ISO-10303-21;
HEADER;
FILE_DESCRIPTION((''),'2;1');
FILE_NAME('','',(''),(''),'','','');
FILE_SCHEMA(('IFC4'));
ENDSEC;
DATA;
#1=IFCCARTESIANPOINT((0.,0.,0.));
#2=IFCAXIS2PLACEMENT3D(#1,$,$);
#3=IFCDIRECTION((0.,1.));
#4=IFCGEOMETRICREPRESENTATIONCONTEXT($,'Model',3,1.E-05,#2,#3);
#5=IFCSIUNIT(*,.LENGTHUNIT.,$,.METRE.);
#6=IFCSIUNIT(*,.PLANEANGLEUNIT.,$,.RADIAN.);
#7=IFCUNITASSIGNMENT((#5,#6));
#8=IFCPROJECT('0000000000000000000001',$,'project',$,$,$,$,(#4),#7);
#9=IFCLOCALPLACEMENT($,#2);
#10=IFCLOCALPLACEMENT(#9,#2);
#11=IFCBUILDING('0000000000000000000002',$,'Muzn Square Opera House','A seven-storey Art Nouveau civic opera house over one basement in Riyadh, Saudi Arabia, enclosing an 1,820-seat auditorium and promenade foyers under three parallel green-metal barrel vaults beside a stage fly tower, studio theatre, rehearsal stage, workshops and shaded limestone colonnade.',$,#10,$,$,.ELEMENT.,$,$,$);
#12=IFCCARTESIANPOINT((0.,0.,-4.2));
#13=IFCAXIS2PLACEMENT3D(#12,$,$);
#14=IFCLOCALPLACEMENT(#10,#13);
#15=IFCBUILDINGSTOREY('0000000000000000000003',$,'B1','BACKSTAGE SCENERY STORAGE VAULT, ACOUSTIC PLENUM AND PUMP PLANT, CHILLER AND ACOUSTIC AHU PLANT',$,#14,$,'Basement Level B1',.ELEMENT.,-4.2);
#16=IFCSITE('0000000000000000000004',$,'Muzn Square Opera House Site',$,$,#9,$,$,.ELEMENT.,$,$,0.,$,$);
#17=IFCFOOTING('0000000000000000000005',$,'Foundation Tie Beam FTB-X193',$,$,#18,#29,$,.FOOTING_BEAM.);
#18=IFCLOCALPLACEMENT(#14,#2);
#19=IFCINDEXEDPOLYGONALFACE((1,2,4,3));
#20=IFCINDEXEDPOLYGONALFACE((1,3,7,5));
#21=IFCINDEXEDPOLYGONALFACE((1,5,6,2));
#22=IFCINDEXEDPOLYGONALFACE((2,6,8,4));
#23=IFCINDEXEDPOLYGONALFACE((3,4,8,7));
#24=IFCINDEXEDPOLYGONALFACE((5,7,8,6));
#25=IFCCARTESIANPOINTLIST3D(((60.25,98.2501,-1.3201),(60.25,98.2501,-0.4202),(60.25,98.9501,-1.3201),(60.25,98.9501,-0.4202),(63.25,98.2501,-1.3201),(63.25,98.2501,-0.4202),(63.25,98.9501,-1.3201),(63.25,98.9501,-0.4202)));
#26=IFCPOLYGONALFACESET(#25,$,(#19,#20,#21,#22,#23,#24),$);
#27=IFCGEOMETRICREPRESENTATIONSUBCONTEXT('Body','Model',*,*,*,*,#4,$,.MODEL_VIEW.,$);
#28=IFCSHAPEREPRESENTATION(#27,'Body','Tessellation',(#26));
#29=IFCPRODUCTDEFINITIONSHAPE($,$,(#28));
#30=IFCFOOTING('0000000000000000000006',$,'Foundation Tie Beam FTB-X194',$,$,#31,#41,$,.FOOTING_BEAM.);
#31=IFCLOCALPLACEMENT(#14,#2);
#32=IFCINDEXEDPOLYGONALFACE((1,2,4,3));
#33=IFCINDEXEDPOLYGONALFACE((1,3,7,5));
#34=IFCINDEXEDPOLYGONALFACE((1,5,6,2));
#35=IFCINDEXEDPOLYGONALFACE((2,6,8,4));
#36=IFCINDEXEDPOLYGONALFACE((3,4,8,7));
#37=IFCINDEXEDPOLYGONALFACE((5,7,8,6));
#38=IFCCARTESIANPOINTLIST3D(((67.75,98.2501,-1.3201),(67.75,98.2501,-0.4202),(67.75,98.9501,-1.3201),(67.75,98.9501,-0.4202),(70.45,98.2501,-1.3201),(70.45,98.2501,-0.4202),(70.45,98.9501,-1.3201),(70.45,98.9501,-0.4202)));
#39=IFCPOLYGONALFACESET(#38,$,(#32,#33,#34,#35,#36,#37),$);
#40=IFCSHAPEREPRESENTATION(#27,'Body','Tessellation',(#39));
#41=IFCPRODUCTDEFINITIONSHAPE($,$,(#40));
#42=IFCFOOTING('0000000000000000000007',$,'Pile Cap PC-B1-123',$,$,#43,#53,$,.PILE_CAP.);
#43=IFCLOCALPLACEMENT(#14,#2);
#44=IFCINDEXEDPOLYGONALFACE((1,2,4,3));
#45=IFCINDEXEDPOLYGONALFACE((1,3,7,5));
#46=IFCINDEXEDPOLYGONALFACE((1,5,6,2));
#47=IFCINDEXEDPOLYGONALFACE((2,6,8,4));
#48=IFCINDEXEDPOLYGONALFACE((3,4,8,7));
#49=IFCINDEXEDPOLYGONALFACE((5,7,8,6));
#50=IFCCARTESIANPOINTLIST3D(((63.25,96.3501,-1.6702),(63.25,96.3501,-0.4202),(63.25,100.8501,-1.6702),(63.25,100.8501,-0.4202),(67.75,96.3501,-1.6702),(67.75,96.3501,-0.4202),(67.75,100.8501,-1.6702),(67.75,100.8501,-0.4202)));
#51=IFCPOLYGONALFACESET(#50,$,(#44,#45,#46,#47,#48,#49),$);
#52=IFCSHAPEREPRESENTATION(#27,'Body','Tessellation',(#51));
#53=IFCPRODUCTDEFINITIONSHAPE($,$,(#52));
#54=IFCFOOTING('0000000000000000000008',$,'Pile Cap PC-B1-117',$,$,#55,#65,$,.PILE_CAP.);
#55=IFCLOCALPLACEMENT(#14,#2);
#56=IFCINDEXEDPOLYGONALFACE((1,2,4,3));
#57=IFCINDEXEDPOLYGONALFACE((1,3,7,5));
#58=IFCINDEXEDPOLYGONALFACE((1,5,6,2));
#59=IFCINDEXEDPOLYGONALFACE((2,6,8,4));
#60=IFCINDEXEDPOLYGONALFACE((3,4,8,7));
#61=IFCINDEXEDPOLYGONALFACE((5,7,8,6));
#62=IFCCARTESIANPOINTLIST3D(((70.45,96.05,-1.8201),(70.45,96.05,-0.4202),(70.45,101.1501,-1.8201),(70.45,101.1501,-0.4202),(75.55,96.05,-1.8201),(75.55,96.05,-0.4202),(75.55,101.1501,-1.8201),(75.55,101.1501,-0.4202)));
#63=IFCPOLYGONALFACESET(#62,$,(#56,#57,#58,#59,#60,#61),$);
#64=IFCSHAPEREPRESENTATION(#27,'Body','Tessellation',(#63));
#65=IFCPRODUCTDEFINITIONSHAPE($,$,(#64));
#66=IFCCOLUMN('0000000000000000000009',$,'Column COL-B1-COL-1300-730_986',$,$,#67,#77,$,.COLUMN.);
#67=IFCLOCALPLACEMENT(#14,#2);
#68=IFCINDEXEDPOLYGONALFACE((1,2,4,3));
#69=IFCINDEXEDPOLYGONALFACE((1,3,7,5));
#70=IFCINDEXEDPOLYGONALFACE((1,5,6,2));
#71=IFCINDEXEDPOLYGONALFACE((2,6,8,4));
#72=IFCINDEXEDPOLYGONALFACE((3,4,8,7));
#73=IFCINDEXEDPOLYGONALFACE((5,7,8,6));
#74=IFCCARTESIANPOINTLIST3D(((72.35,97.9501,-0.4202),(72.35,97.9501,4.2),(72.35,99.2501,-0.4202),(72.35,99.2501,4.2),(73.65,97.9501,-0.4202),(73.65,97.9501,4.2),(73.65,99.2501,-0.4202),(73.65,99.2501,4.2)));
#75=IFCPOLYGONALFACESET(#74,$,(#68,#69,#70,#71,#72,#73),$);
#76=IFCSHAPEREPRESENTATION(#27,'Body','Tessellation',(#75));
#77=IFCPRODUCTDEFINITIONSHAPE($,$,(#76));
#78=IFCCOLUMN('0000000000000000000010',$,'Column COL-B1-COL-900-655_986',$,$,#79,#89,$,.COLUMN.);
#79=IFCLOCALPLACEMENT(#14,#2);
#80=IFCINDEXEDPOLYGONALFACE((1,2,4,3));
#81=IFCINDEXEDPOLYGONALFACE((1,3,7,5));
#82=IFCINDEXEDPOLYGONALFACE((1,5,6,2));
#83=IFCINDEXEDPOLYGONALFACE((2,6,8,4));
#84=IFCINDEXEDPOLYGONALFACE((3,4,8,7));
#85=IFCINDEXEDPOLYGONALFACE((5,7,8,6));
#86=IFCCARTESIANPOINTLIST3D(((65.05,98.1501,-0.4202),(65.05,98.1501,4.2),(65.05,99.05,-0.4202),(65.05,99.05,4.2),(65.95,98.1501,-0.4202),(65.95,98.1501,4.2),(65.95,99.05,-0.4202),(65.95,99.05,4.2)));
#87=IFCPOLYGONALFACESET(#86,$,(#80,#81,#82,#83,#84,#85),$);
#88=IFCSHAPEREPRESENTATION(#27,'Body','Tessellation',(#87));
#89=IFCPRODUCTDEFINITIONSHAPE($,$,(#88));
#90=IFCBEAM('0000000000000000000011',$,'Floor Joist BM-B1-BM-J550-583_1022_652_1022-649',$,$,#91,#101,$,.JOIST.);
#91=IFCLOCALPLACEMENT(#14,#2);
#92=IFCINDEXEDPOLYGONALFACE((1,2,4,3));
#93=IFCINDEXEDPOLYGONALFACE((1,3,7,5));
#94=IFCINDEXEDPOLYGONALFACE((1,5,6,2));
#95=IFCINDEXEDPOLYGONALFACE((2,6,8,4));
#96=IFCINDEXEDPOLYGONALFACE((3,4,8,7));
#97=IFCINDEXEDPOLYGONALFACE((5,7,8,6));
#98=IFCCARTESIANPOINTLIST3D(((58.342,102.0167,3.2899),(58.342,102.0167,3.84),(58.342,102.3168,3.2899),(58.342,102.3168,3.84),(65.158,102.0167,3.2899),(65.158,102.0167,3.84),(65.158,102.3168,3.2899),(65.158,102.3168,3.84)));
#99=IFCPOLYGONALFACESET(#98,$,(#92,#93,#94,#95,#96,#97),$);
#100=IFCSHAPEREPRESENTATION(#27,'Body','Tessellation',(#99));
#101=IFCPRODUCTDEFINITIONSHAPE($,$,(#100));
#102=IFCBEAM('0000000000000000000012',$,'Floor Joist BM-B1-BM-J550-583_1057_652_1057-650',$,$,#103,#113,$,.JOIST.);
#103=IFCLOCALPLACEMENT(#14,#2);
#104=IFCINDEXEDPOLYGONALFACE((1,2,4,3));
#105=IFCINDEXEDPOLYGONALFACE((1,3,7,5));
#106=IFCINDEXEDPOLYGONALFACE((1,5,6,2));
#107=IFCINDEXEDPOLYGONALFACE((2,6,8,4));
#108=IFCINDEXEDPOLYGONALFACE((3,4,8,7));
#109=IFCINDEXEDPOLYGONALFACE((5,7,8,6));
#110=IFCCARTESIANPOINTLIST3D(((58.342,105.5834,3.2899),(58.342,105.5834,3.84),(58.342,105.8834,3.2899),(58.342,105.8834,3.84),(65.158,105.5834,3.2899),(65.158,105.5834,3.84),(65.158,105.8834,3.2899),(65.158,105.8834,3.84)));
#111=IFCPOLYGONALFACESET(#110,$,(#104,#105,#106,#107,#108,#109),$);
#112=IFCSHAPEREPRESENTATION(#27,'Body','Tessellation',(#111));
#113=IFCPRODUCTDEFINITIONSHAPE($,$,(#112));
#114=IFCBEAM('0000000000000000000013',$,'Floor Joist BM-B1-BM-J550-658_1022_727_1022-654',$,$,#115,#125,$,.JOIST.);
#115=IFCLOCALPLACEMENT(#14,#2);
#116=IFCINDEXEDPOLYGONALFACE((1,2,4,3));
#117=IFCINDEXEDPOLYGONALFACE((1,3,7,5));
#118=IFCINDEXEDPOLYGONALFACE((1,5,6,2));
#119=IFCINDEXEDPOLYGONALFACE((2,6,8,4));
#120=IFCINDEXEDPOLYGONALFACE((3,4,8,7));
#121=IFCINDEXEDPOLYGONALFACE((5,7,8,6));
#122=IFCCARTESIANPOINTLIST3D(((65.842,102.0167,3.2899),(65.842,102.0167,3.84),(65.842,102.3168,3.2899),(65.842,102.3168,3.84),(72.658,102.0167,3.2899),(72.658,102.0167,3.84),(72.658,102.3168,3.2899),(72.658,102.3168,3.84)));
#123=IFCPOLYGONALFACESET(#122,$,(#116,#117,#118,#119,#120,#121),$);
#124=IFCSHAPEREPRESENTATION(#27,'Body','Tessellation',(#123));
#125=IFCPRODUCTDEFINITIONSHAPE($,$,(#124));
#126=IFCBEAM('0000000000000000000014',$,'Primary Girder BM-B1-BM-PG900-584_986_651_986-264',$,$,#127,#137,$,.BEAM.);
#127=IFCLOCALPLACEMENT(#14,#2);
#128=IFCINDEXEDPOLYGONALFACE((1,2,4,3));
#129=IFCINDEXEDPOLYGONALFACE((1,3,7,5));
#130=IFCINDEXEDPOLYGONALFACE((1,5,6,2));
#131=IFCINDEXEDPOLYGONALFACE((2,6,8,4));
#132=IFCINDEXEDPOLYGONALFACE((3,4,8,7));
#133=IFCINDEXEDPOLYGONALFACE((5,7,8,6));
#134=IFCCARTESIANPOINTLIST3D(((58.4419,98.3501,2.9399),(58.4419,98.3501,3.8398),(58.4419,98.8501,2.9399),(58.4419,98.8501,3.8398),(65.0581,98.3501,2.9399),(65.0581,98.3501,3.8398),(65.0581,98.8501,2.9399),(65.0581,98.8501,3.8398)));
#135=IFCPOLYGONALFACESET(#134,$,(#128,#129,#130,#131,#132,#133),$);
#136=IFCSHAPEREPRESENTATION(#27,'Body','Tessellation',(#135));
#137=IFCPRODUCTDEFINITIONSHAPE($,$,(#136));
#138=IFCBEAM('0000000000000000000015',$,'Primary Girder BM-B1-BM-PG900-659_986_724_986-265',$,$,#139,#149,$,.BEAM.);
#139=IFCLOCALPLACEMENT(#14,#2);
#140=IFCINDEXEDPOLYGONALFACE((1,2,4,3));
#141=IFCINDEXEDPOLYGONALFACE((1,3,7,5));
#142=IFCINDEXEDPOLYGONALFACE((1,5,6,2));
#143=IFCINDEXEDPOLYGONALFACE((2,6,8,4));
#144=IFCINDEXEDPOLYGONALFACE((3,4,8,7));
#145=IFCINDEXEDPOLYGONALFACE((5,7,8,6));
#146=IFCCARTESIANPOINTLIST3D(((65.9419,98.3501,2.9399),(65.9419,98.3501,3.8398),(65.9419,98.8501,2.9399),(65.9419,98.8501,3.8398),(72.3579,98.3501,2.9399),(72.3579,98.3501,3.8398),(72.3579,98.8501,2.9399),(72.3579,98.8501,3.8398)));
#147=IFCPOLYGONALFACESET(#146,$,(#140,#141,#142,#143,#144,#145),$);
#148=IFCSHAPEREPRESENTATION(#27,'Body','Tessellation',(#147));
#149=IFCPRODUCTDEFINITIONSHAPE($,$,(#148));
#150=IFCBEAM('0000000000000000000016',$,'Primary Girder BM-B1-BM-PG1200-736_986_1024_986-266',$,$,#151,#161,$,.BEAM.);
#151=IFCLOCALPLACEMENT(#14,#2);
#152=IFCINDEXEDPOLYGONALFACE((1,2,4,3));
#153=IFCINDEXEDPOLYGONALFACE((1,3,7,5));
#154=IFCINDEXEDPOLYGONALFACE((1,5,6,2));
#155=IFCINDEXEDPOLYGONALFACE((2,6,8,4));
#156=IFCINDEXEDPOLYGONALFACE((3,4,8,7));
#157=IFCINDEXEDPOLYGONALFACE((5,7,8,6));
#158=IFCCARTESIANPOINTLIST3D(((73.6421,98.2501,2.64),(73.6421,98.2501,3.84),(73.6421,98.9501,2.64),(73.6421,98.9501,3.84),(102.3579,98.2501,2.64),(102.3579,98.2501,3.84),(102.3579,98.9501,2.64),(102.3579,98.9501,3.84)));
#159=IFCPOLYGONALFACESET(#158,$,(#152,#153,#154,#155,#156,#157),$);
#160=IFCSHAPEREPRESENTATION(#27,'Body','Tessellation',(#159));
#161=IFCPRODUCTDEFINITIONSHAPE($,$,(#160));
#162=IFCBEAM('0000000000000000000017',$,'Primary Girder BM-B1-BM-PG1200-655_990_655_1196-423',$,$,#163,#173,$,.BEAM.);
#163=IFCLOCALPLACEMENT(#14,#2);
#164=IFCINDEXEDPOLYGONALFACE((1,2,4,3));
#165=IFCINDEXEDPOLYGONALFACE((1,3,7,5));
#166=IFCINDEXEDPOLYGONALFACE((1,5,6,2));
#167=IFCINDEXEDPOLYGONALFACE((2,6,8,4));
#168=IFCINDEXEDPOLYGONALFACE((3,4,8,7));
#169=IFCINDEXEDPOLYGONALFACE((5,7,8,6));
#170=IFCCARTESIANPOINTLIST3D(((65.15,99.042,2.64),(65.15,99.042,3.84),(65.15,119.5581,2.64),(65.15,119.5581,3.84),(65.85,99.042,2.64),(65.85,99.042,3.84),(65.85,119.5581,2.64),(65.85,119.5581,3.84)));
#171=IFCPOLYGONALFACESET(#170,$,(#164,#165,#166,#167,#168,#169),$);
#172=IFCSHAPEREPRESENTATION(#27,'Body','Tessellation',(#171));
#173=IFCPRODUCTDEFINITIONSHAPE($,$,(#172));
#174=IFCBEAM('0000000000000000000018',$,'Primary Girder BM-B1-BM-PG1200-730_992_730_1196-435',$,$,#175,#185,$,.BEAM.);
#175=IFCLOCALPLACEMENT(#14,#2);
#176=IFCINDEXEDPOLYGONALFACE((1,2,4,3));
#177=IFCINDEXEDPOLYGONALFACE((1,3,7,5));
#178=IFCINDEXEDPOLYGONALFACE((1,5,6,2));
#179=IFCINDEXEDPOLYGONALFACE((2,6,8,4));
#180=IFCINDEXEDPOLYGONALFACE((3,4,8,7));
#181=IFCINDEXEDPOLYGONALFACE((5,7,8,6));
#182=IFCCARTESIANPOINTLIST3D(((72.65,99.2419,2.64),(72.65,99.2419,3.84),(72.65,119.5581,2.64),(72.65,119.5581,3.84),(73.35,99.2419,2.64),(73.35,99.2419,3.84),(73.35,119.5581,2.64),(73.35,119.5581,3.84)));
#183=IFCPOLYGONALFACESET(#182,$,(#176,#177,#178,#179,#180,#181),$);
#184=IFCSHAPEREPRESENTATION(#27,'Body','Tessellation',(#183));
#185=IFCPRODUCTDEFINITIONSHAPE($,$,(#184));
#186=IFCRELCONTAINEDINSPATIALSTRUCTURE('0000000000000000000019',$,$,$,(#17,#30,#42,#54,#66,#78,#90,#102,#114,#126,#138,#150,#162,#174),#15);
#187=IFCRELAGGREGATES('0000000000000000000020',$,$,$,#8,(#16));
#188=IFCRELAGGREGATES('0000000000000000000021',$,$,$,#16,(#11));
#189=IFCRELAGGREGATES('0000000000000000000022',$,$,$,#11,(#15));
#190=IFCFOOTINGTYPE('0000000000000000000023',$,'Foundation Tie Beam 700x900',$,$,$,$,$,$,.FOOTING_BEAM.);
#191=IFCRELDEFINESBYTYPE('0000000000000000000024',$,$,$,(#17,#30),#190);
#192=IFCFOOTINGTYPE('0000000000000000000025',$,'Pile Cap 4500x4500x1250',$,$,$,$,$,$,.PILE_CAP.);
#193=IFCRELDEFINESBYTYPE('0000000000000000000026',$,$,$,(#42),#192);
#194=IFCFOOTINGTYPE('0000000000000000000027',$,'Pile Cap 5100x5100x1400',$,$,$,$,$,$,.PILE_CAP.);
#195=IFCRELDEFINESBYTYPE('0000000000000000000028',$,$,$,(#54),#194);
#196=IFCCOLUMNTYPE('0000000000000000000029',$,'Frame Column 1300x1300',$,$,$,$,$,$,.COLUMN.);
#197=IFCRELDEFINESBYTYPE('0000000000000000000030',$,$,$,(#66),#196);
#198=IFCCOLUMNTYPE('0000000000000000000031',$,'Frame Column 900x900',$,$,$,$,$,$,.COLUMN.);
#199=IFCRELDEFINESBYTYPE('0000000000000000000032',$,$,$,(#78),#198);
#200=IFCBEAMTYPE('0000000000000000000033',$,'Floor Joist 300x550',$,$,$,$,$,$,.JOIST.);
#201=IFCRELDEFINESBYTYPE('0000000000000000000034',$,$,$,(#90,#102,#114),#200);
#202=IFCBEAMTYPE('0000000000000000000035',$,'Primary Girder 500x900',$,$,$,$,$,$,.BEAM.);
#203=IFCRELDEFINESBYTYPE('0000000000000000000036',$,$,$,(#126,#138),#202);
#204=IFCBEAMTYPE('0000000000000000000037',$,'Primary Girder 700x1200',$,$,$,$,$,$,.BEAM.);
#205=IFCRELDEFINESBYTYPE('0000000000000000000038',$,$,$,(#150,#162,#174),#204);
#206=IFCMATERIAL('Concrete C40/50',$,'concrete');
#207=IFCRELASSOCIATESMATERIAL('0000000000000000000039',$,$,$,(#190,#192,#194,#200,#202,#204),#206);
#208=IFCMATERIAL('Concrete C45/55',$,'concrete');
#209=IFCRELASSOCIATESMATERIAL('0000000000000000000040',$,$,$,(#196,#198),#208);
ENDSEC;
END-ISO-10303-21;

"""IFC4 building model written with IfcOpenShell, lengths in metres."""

from ifc_helpers import new_model, si_unit, direction, frame, origin, origin_2d, place, context, subcontext, project, spatial, rectangle, extrude, material, material_profile, profile_set, type_object, element, save


model = new_model("IFC4")

# Units and contexts
model_context = context("Model", 3, precision=1e-05, world=origin(), true_north=direction((0.0, 1.0)))
body_context = subcontext(model_context, "Body", "Model", "MODEL_VIEW")
ifc_project = project(units=[si_unit("LENGTHUNIT", "METRE"), si_unit("PLANEANGLEUNIT", "RADIAN")], contexts=[model_context])

# Site, building, storey
site_placement = place(None, origin())
site = spatial("IfcSite", under=ifc_project, at=site_placement, Name="Muzn Square Opera House Site", CompositionType="ELEMENT", RefElevation=0.0)
building_placement = place(site_placement, origin())
building = spatial("IfcBuilding", under=site, at=building_placement, Name="Muzn Square Opera House", Description="A seven-storey Art Nouveau civic opera house over one basement in Riyadh, Saudi Arabia, enclosing an 1,820-seat auditorium and promenade foyers under three parallel green-metal barrel vaults beside a stage fly tower, studio theatre, rehearsal stage, workshops and shaded limestone colonnade.", CompositionType="ELEMENT")
storey_placement = place(building_placement, frame((0.0, 0.0, -4.2)))
storey = spatial("IfcBuildingStorey", under=building, at=storey_placement, Name="B1", Description="BACKSTAGE SCENERY STORAGE VAULT, ACOUSTIC PLENUM AND PUMP PLANT, CHILLER AND ACOUSTIC AHU PLANT", LongName="Basement Level B1", CompositionType="ELEMENT", Elevation=-4.2)

# Shared definitions
ifc_material_1 = material(Name="Concrete C40/50", Category="concrete")

# Footings
ifc_material_profile_1 = material_profile(ifc_material_1, rectangle(XDim=0.7, YDim=0.8999, at=origin_2d()), Name="RCTB 700x900", Category="concrete")
ifc_profile_set_1 = profile_set([ifc_material_profile_1], Name="Concrete C40/50")
footing_type_1 = type_object("IfcFootingType", Name="Foundation Tie Beam 700x900", PredefinedType="FOOTING_BEAM", material=ifc_profile_set_1)
footing_1_placement = place(storey_placement, frame((60.25, 98.6001, -0.8701), z_axis=(1.0, 0.0, 0.0), x_axis=(0.0, 1.0, 0.0)))
element("IfcFooting", 1, at=footing_1_placement, inside=storey, type_object=footing_type_1, Name="Foundation Tie Beam FTB-X193", PredefinedType="FOOTING_BEAM", context=body_context, shape_type="SweptSolid", body=[
    extrude(rectangle(XDim=0.7, YDim=0.8999, at=origin_2d()), origin(), (0.0, 0.0, 1.0), 3.0),
])
footing_2_placement = place(storey_placement, frame((67.75, 98.6001, -0.8701), z_axis=(1.0, 0.0, 0.0), x_axis=(0.0, 1.0, 0.0)))
element("IfcFooting", 2, at=footing_2_placement, inside=storey, type_object=footing_type_1, Name="Foundation Tie Beam FTB-X194", PredefinedType="FOOTING_BEAM", context=body_context, shape_type="SweptSolid", body=[
    extrude(rectangle(XDim=0.7, YDim=0.8999, at=origin_2d()), origin(), (0.0, 0.0, 1.0), 2.7),
])
footing_type_2 = type_object("IfcFootingType", Name="Pile Cap 4500x4500x1250", PredefinedType="PILE_CAP", material=ifc_material_1)
footing_3_placement = place(storey_placement, frame((65.5, 98.6001, -1.6702), z_axis=(0.0, 0.0, 1.0), x_axis=(1.0, 0.0, 0.0)))
element("IfcFooting", 3, at=footing_3_placement, inside=storey, type_object=footing_type_2, Name="Pile Cap PC-B1-123", PredefinedType="PILE_CAP", context=body_context, shape_type="SweptSolid", body=[
    extrude(rectangle(XDim=4.5, YDim=4.5, at=origin_2d()), origin(), (0.0, 0.0, 1.0), 1.25),
])
footing_type_3 = type_object("IfcFootingType", Name="Pile Cap 5100x5100x1400", PredefinedType="PILE_CAP", material=ifc_material_1)
footing_4_placement = place(storey_placement, frame((73.0, 98.6001, -1.8201), z_axis=(0.0, 0.0, 1.0), x_axis=(1.0, 0.0, 0.0)))
element("IfcFooting", 4, at=footing_4_placement, inside=storey, type_object=footing_type_3, Name="Pile Cap PC-B1-117", PredefinedType="PILE_CAP", context=body_context, shape_type="SweptSolid", body=[
    extrude(rectangle(XDim=5.1001, YDim=5.1001, at=origin_2d()), origin(), (0.0, 0.0, 1.0), 1.3999),
])

# Columns
ifc_material_2 = material(Name="Concrete C45/55", Category="concrete")
ifc_material_profile_2 = material_profile(ifc_material_2, rectangle(XDim=1.3, YDim=1.3, at=origin_2d()), Name="RC 1300x1300", Category="concrete")
ifc_profile_set_2 = profile_set([ifc_material_profile_2], Name="Concrete C45/55")
column_type_1 = type_object("IfcColumnType", Name="Frame Column 1300x1300", PredefinedType="COLUMN", material=ifc_profile_set_2)
column_1_placement = place(storey_placement, frame((73.0, 98.6001, -0.4202), z_axis=(0.0, 0.0, 1.0), x_axis=(1.0, 0.0, 0.0)))
element("IfcColumn", 5, at=column_1_placement, inside=storey, type_object=column_type_1, Name="Column COL-B1-COL-1300-730_986", PredefinedType="COLUMN", context=body_context, shape_type="SweptSolid", body=[
    extrude(rectangle(XDim=1.3, YDim=1.3, at=origin_2d()), origin(), (0.0, 0.0, 1.0), 4.6201),
])
ifc_material_profile_3 = material_profile(ifc_material_2, rectangle(XDim=0.8999, YDim=0.8999, at=origin_2d()), Name="RC 900x900", Category="concrete")
ifc_profile_set_3 = profile_set([ifc_material_profile_3], Name="Concrete C45/55")
column_type_2 = type_object("IfcColumnType", Name="Frame Column 900x900", PredefinedType="COLUMN", material=ifc_profile_set_3)
column_2_placement = place(storey_placement, frame((65.5, 98.6001, -0.4202), z_axis=(0.0, 0.0, 1.0), x_axis=(1.0, 0.0, 0.0)))
element("IfcColumn", 6, at=column_2_placement, inside=storey, type_object=column_type_2, Name="Column COL-B1-COL-900-655_986", PredefinedType="COLUMN", context=body_context, shape_type="SweptSolid", body=[
    extrude(rectangle(XDim=0.8999, YDim=0.8999, at=origin_2d()), origin(), (0.0, 0.0, 1.0), 4.6201),
])

# Beams
ifc_material_profile_4 = material_profile(ifc_material_1, rectangle(XDim=0.3, YDim=0.55, at=origin_2d()), Name="RCJ 300x550", Category="concrete")
ifc_profile_set_4 = profile_set([ifc_material_profile_4], Name="Concrete C40/50")
beam_type_1 = type_object("IfcBeamType", Name="Floor Joist 300x550", PredefinedType="JOIST", material=ifc_profile_set_4)
for number, where, z_axis, x_axis, name in (
    (7, (58.342, 102.1667, 3.5649), (1.0, 0.0, 0.0), (0.0, 1.0, 0.0), "Floor Joist BM-B1-BM-J550-583_1022_652_1022-649"),
    (8, (58.342, 105.7334, 3.5649), (1.0, 0.0, 0.0), (0.0, 1.0, 0.0), "Floor Joist BM-B1-BM-J550-583_1057_652_1057-650"),
    (9, (65.842, 102.1667, 3.5649), (1.0, 0.0, 0.0), (0.0, 1.0, 0.0), "Floor Joist BM-B1-BM-J550-658_1022_727_1022-654"),
):
    element("IfcBeam", number, at=place(storey_placement, frame(where, z_axis=z_axis, x_axis=x_axis)), inside=storey, type_object=beam_type_1, Name=name, PredefinedType="JOIST", context=body_context, shape_type="SweptSolid", body=[
        extrude(rectangle(XDim=0.3, YDim=0.55, at=origin_2d()), origin(), (0.0, 0.0, 1.0), 6.8159),
    ])
ifc_material_profile_5 = material_profile(ifc_material_1, rectangle(XDim=0.5, YDim=0.8999, at=origin_2d()), Name="RCB 500x900", Category="concrete")
ifc_profile_set_5 = profile_set([ifc_material_profile_5], Name="Concrete C40/50")
beam_type_2 = type_object("IfcBeamType", Name="Primary Girder 500x900", PredefinedType="BEAM", material=ifc_profile_set_5)
beam_1_placement = place(storey_placement, frame((58.4419, 98.6001, 3.3899), z_axis=(1.0, 0.0, 0.0), x_axis=(0.0, 1.0, 0.0)))
element("IfcBeam", 10, at=beam_1_placement, inside=storey, type_object=beam_type_2, Name="Primary Girder BM-B1-BM-PG900-584_986_651_986-264", PredefinedType="BEAM", context=body_context, shape_type="SweptSolid", body=[
    extrude(rectangle(XDim=0.5, YDim=0.8999, at=origin_2d()), origin(), (0.0, 0.0, 1.0), 6.6162),
])
beam_2_placement = place(storey_placement, frame((65.9419, 98.6001, 3.3899), z_axis=(1.0, 0.0, 0.0), x_axis=(0.0, 1.0, 0.0)))
element("IfcBeam", 11, at=beam_2_placement, inside=storey, type_object=beam_type_2, Name="Primary Girder BM-B1-BM-PG900-659_986_724_986-265", PredefinedType="BEAM", context=body_context, shape_type="SweptSolid", body=[
    extrude(rectangle(XDim=0.5, YDim=0.8999, at=origin_2d()), origin(), (0.0, 0.0, 1.0), 6.416),
])
ifc_material_profile_6 = material_profile(ifc_material_1, rectangle(XDim=0.7, YDim=1.2, at=origin_2d()), Name="RCB 700x1200", Category="concrete")
ifc_profile_set_6 = profile_set([ifc_material_profile_6], Name="Concrete C40/50")
beam_type_3 = type_object("IfcBeamType", Name="Primary Girder 700x1200", PredefinedType="BEAM", material=ifc_profile_set_6)
beam_3_placement = place(storey_placement, frame((73.6421, 98.6001, 3.24), z_axis=(1.0, 0.0, 0.0), x_axis=(0.0, 1.0, 0.0)))
element("IfcBeam", 12, at=beam_3_placement, inside=storey, type_object=beam_type_3, Name="Primary Girder BM-B1-BM-PG1200-736_986_1024_986-266", PredefinedType="BEAM", context=body_context, shape_type="SweptSolid", body=[
    extrude(rectangle(XDim=0.7, YDim=1.2, at=origin_2d()), origin(), (0.0, 0.0, 1.0), 28.7158),
])
beam_4_placement = place(storey_placement, frame((65.5, 99.042, 3.24), z_axis=(0.0, 1.0, 0.0), x_axis=(-1.0, 0.0, 0.0)))
element("IfcBeam", 13, at=beam_4_placement, inside=storey, type_object=beam_type_3, Name="Primary Girder BM-B1-BM-PG1200-655_990_655_1196-423", PredefinedType="BEAM", context=body_context, shape_type="SweptSolid", body=[
    extrude(rectangle(XDim=0.7, YDim=1.2, at=origin_2d()), origin(), (0.0, 0.0, 1.0), 20.5161),
])
beam_5_placement = place(storey_placement, frame((73.0, 99.2419, 3.24), z_axis=(0.0, 1.0, 0.0), x_axis=(-1.0, 0.0, 0.0)))
element("IfcBeam", 14, at=beam_5_placement, inside=storey, type_object=beam_type_3, Name="Primary Girder BM-B1-BM-PG1200-730_992_730_1196-435", PredefinedType="BEAM", context=body_context, shape_type="SweptSolid", body=[
    extrude(rectangle(XDim=0.7, YDim=1.2, at=origin_2d()), origin(), (0.0, 0.0, 1.0), 20.3162),
])

save(model, "model.ifc")
